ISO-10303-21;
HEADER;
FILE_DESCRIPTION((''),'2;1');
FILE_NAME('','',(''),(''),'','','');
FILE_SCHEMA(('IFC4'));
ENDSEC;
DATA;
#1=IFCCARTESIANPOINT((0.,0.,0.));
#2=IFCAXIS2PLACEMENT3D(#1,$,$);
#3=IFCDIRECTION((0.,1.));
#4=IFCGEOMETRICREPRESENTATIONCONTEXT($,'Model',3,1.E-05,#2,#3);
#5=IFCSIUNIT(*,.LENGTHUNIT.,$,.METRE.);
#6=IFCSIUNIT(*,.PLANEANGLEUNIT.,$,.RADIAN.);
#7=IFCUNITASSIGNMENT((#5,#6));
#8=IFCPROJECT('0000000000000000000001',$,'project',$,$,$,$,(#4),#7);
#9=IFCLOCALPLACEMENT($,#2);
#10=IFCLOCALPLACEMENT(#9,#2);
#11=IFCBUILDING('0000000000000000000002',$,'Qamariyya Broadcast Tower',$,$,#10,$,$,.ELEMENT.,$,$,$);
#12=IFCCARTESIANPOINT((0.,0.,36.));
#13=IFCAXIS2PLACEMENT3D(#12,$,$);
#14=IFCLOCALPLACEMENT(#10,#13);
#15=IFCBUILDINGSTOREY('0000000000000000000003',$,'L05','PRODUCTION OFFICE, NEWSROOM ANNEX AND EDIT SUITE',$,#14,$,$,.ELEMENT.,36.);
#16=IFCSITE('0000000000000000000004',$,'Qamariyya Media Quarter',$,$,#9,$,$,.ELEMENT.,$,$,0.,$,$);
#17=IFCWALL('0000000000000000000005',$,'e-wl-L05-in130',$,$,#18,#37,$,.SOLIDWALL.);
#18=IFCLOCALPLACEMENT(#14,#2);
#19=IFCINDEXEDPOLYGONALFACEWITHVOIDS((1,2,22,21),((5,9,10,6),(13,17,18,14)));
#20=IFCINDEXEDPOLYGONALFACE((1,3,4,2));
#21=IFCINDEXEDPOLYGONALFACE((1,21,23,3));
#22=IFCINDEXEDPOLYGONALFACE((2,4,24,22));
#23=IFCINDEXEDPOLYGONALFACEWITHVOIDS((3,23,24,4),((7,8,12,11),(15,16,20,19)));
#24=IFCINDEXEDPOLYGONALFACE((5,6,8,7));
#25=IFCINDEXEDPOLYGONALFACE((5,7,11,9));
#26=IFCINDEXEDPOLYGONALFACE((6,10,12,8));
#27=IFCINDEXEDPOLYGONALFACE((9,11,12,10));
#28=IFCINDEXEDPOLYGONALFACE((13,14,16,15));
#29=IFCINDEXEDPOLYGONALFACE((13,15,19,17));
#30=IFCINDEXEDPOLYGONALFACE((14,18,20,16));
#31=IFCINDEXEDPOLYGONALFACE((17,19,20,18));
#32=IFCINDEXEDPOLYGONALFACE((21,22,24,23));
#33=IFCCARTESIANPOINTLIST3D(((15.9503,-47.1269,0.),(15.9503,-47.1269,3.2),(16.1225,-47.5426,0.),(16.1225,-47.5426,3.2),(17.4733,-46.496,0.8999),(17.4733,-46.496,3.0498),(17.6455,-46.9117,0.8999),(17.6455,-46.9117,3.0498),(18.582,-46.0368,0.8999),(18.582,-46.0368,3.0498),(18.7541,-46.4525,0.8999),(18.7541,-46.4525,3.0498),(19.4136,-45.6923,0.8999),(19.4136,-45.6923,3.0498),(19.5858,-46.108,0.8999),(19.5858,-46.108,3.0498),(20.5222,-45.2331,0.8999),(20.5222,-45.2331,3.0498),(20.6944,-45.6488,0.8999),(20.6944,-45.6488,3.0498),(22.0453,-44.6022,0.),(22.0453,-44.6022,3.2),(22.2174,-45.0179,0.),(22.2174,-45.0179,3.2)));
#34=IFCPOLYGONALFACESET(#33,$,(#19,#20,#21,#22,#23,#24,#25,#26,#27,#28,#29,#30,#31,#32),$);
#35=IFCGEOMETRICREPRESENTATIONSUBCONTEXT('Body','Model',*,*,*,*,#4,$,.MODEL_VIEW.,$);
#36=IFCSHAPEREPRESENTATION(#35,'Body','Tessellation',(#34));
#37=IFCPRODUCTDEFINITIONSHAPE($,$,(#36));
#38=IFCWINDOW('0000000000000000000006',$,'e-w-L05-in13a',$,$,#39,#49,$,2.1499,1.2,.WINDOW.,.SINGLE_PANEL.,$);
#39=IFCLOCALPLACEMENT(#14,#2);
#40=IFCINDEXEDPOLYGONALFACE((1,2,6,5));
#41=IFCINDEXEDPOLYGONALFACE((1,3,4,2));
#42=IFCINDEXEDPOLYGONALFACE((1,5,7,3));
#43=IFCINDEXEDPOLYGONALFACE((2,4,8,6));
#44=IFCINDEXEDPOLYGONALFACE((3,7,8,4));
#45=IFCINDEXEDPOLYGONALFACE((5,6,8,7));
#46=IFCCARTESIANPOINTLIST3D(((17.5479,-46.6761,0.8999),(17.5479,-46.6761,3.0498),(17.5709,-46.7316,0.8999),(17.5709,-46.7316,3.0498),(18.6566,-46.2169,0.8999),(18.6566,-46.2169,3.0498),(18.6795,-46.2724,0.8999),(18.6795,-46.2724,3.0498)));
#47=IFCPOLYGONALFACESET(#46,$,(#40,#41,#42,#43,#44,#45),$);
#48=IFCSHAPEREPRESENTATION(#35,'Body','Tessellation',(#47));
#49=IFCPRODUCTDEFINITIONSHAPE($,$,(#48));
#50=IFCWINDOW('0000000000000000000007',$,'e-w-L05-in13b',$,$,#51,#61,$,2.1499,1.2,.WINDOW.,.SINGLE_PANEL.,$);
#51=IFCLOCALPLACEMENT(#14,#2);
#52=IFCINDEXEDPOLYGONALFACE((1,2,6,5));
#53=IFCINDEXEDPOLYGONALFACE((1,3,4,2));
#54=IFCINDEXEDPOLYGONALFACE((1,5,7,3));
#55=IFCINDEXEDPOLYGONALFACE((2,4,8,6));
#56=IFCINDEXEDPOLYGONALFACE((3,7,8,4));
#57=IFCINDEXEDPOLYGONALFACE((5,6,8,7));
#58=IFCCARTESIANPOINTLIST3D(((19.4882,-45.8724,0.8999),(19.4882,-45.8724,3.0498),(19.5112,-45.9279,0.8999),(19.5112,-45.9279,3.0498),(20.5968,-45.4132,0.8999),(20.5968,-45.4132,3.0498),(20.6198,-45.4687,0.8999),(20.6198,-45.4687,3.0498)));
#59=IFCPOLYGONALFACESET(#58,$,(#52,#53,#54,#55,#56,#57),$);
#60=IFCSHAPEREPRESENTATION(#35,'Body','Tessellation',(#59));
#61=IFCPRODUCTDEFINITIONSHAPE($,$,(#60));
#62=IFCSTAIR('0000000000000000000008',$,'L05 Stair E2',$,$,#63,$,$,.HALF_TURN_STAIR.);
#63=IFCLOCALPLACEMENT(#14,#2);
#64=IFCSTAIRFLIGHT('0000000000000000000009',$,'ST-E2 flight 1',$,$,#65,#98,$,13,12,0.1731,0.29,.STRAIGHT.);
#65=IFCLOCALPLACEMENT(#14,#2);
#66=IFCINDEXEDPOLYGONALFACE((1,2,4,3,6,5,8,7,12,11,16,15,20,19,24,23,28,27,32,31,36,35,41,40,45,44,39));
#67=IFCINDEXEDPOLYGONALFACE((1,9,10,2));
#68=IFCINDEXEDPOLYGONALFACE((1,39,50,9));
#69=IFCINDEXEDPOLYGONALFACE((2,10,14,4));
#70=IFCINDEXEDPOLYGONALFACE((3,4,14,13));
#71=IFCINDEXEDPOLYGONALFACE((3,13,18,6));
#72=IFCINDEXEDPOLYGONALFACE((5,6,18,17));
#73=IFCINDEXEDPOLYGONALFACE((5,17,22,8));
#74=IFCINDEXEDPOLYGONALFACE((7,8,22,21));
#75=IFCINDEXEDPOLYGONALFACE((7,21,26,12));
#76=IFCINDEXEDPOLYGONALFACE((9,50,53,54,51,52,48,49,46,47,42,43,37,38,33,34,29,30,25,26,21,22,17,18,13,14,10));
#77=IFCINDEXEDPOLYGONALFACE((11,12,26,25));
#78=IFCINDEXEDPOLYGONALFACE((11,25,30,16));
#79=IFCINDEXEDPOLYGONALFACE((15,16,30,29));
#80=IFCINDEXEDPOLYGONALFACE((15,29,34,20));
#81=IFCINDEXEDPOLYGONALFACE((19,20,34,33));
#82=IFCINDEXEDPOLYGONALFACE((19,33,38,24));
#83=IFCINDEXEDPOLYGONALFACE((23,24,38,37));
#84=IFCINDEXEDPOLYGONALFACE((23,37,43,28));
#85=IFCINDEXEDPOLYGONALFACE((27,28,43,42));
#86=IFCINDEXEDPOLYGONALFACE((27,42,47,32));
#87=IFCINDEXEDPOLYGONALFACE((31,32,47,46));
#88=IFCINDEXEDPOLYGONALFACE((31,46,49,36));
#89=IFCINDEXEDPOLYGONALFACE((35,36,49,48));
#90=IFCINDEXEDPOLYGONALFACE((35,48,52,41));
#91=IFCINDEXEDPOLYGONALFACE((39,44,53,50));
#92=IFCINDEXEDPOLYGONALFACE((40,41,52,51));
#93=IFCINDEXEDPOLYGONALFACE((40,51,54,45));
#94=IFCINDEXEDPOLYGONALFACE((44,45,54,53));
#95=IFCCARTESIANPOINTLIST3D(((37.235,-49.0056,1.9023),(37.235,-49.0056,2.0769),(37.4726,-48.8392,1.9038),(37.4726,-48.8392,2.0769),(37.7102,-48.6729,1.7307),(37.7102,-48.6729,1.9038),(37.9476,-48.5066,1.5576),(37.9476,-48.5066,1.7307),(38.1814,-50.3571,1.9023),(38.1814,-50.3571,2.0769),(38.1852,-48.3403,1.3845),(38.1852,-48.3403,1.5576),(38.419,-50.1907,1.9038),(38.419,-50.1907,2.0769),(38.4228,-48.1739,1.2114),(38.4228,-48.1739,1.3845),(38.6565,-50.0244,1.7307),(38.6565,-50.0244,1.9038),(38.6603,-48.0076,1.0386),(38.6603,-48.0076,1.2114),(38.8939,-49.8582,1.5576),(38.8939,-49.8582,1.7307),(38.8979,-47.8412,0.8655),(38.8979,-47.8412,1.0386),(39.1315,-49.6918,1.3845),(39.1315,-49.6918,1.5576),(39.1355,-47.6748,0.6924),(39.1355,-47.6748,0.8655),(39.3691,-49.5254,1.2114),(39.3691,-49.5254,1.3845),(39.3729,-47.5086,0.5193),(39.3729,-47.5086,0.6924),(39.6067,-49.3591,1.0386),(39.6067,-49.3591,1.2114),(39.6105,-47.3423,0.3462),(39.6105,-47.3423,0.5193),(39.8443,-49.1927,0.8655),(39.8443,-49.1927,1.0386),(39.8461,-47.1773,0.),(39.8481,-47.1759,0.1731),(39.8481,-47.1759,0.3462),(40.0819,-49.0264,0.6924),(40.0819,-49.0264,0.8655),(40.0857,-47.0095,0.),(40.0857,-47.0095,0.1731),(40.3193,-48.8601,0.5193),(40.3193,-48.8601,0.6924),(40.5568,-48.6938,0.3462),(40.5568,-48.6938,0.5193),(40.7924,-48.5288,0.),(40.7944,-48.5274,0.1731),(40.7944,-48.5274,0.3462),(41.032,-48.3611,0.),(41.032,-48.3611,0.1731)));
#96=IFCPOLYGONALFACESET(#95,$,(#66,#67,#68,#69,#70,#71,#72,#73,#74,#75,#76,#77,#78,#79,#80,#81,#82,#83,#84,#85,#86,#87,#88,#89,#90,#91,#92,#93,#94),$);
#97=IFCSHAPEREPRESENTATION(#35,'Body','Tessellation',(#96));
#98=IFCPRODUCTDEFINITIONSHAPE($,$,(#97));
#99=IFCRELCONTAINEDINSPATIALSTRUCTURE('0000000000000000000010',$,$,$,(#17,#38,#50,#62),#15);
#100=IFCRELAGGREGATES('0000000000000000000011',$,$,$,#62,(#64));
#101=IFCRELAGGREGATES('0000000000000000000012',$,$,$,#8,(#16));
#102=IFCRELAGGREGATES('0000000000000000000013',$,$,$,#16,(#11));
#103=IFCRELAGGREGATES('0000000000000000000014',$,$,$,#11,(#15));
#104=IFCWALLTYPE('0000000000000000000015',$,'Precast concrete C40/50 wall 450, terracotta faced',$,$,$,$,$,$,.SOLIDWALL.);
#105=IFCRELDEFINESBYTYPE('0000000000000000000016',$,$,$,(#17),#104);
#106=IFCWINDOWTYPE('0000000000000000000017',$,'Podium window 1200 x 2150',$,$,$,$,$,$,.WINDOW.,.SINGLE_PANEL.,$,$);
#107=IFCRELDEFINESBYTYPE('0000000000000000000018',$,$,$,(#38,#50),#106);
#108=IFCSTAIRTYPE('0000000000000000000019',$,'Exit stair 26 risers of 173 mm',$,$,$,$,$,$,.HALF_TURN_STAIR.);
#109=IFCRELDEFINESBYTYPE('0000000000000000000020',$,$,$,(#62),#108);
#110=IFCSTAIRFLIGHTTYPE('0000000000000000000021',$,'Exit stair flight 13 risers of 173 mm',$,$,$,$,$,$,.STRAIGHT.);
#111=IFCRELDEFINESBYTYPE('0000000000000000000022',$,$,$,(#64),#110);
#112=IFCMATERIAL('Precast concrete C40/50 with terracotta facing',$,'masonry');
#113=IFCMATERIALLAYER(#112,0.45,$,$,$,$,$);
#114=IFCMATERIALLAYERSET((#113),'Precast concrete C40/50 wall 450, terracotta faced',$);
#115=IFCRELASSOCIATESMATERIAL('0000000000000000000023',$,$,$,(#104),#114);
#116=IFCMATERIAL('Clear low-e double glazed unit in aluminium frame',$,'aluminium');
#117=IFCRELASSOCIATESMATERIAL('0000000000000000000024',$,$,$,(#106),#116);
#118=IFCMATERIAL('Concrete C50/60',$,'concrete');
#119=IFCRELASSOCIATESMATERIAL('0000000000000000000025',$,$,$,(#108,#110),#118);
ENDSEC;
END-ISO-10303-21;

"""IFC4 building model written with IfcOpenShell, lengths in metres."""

from ifc_helpers import new_model, si_unit, direction, frame, frame_2d, origin, place, context, subcontext, project, spatial, polyline, rectangle, outline, extrude, material, layer, layer_set, type_object, element, fill, aggregate, save


model = new_model("IFC4")

# Units and contexts
model_context = context("Model", 3, precision=1e-05, world=origin(), true_north=direction((0.0, 1.0)))
body_context = subcontext(model_context, "Body", "Model", "MODEL_VIEW")
ifc_project = project(units=[si_unit("LENGTHUNIT", "METRE"), si_unit("PLANEANGLEUNIT", "RADIAN")], contexts=[model_context])

# Site, building, storey
site_placement = place(None, origin())
site = spatial("IfcSite", under=ifc_project, at=site_placement, Name="Qamariyya Media Quarter", CompositionType="ELEMENT", RefElevation=0.0)
building_placement = place(site_placement, origin())
building = spatial("IfcBuilding", under=site, at=building_placement, Name="Qamariyya Broadcast Tower", CompositionType="ELEMENT")
storey_placement = place(building_placement, frame((0.0, 0.0, 36.0)))
storey = spatial("IfcBuildingStorey", under=building, at=storey_placement, Name="L05", Description="PRODUCTION OFFICE, NEWSROOM ANNEX AND EDIT SUITE", CompositionType="ELEMENT", Elevation=36.0)

# Shared definitions
ifc_material_1 = material(Name="Concrete C50/60", Category="concrete")

# Wall, openings, windows
ifc_material_2 = material(Name="Precast concrete C40/50 with terracotta facing", Category="masonry")
ifc_layer_1 = layer(ifc_material_2, 0.45)
ifc_layer_set_1 = layer_set([ifc_layer_1], Name="Precast concrete C40/50 wall 450, terracotta faced")
wall_type_1 = type_object("IfcWallType", Name="Precast concrete C40/50 wall 450, terracotta faced", PredefinedType="SOLIDWALL", material=ifc_layer_set_1)
wall_1_placement = place(storey_placement, frame((22.1313, -44.8101, 0.0), z_axis=(0.0, 0.0, 1.0), x_axis=(-0.923877, -0.382688, 0.0)))
wall_1 = element("IfcWall", 1, at=wall_1_placement, inside=storey, type_object=wall_type_1, Name="e-wl-L05-in130", PredefinedType="SOLIDWALL", context=body_context, shape_type="SweptSolid", body=[
    extrude(rectangle(XDim=6.5972, YDim=0.45, at=frame_2d((3.2986, 0.0))), origin(), (0.0, 0.0, 1.0), 3.2),
])
opening_1_placement = place(wall_1_placement, frame((3.7485, 0.0, 0.8999)))
opening_1 = element("IfcOpeningElement", 2, at=opening_1_placement, cuts=wall_1, PredefinedType="OPENING", context=body_context, shape_type="SweptSolid", body=[
    extrude(rectangle(XDim=1.2, YDim=2.1499, at=frame_2d((0.6001, 1.075))), frame((0.0, 0.2349, 0.0), z_axis=(0.0, -1.0, 0.0), x_axis=(1.0, 0.0, 0.0)), (0.0, 0.0, 1.0), 0.47),
])
opening_2_placement = place(wall_1_placement, frame((1.6484, 0.0, 0.8999)))
opening_2 = element("IfcOpeningElement", 3, at=opening_2_placement, cuts=wall_1, PredefinedType="OPENING", context=body_context, shape_type="SweptSolid", body=[
    extrude(rectangle(XDim=1.2, YDim=2.1499, at=frame_2d((0.6001, 1.075))), frame((0.0, 0.2349, 0.0), z_axis=(0.0, -1.0, 0.0), x_axis=(1.0, 0.0, 0.0)), (0.0, 0.0, 1.0), 0.47),
])
ifc_material_3 = material(Name="Clear low-e double glazed unit in aluminium frame", Category="aluminium")
window_type = type_object("IfcWindowType", Name="Podium window 1200 x 2150", PartitioningType="SINGLE_PANEL", PredefinedType="WINDOW", material=ifc_material_3)
window_1_placement = place(opening_1_placement, origin())
window_1 = element("IfcWindow", 4, at=window_1_placement, inside=storey, type_object=window_type, Name="e-w-L05-in13a", OverallHeight=2.1499, OverallWidth=1.2, PartitioningType="SINGLE_PANEL", PredefinedType="WINDOW", context=body_context, shape_type="SweptSolid", body=[
    extrude(rectangle(XDim=1.2, YDim=2.1499, at=frame_2d((0.6001, 1.075))), frame((0.0, 0.03, 0.0), z_axis=(0.0, -1.0, 0.0), x_axis=(1.0, 0.0, 0.0)), (0.0, 0.0, 1.0), 0.0601),
])
fill(opening_1, window_1)
window_2_placement = place(opening_2_placement, origin())
window_2 = element("IfcWindow", 5, at=window_2_placement, inside=storey, type_object=window_type, Name="e-w-L05-in13b", OverallHeight=2.1499, OverallWidth=1.2, PartitioningType="SINGLE_PANEL", PredefinedType="WINDOW", context=body_context, shape_type="SweptSolid", body=[
    extrude(rectangle(XDim=1.2, YDim=2.1499, at=frame_2d((0.6001, 1.075))), frame((0.0, 0.03, 0.0), z_axis=(0.0, -1.0, 0.0), x_axis=(1.0, 0.0, 0.0)), (0.0, 0.0, 1.0), 0.0601),
])
fill(opening_2, window_2)

# Stair, stair flight
stair_type = type_object("IfcStairType", Name="Exit stair 26 risers of 173 mm", PredefinedType="HALF_TURN_STAIR", material=ifc_material_1)
stair_placement = place(storey_placement, origin())
stair = element("IfcStair", 6, at=stair_placement, inside=storey, type_object=stair_type, Name="L05 Stair E2", PredefinedType="HALF_TURN_STAIR")
stair_flight_type = type_object("IfcStairFlightType", Name="Exit stair flight 13 risers of 173 mm", PredefinedType="STRAIGHT", material=ifc_material_1)
stair_flight_placement = place(storey_placement, frame((40.5588, -47.6853, 0.0), z_axis=(0.0, 0.0, 1.0), x_axis=(-0.819152, -0.573576, 0.0)))
stair_flight = element("IfcStairFlight", 7, at=stair_flight_placement, type_object=stair_flight_type, Name="ST-E2 flight 1", NumberOfRisers=13, NumberOfTreads=12, PredefinedType="STRAIGHT", RiserHeight=0.1731, TreadLength=0.29, context=body_context, shape_type="SweptSolid", body=[
    extrude(outline(polyline([(0.0, 0.0), (0.0, 0.1731), (0.29, 0.1731), (0.29, 0.3462), (0.5801, 0.3462), (0.5801, 0.5193), (0.8701, 0.5193), (0.8701, 0.6924), (1.1599, 0.6924), (1.1599, 0.8655), (1.45, 0.8655), (1.45, 1.0386), (1.74, 1.0386), (1.74, 1.2114), (2.03, 1.2114), (2.03, 1.3845), (2.3201, 1.3845), (2.3201, 1.5576), (2.6101, 1.5576), (2.6101, 1.7307), (2.8999, 1.7307), (2.8999, 1.9038), (3.1899, 1.9038), (3.1899, 2.0769), (3.48, 2.0769), (3.48, 2.25), (3.48, 1.9023), (0.2925, 0.0), (0.0, 0.0)])), frame((0.0, 0.825, 0.0), z_axis=(0.0, -1.0, 0.0), x_axis=(1.0, 0.0, 0.0)), (0.0, 0.0, 1.0), 1.6499),
])
aggregate(stair, [stair_flight])

save(model, "model.ifc")
